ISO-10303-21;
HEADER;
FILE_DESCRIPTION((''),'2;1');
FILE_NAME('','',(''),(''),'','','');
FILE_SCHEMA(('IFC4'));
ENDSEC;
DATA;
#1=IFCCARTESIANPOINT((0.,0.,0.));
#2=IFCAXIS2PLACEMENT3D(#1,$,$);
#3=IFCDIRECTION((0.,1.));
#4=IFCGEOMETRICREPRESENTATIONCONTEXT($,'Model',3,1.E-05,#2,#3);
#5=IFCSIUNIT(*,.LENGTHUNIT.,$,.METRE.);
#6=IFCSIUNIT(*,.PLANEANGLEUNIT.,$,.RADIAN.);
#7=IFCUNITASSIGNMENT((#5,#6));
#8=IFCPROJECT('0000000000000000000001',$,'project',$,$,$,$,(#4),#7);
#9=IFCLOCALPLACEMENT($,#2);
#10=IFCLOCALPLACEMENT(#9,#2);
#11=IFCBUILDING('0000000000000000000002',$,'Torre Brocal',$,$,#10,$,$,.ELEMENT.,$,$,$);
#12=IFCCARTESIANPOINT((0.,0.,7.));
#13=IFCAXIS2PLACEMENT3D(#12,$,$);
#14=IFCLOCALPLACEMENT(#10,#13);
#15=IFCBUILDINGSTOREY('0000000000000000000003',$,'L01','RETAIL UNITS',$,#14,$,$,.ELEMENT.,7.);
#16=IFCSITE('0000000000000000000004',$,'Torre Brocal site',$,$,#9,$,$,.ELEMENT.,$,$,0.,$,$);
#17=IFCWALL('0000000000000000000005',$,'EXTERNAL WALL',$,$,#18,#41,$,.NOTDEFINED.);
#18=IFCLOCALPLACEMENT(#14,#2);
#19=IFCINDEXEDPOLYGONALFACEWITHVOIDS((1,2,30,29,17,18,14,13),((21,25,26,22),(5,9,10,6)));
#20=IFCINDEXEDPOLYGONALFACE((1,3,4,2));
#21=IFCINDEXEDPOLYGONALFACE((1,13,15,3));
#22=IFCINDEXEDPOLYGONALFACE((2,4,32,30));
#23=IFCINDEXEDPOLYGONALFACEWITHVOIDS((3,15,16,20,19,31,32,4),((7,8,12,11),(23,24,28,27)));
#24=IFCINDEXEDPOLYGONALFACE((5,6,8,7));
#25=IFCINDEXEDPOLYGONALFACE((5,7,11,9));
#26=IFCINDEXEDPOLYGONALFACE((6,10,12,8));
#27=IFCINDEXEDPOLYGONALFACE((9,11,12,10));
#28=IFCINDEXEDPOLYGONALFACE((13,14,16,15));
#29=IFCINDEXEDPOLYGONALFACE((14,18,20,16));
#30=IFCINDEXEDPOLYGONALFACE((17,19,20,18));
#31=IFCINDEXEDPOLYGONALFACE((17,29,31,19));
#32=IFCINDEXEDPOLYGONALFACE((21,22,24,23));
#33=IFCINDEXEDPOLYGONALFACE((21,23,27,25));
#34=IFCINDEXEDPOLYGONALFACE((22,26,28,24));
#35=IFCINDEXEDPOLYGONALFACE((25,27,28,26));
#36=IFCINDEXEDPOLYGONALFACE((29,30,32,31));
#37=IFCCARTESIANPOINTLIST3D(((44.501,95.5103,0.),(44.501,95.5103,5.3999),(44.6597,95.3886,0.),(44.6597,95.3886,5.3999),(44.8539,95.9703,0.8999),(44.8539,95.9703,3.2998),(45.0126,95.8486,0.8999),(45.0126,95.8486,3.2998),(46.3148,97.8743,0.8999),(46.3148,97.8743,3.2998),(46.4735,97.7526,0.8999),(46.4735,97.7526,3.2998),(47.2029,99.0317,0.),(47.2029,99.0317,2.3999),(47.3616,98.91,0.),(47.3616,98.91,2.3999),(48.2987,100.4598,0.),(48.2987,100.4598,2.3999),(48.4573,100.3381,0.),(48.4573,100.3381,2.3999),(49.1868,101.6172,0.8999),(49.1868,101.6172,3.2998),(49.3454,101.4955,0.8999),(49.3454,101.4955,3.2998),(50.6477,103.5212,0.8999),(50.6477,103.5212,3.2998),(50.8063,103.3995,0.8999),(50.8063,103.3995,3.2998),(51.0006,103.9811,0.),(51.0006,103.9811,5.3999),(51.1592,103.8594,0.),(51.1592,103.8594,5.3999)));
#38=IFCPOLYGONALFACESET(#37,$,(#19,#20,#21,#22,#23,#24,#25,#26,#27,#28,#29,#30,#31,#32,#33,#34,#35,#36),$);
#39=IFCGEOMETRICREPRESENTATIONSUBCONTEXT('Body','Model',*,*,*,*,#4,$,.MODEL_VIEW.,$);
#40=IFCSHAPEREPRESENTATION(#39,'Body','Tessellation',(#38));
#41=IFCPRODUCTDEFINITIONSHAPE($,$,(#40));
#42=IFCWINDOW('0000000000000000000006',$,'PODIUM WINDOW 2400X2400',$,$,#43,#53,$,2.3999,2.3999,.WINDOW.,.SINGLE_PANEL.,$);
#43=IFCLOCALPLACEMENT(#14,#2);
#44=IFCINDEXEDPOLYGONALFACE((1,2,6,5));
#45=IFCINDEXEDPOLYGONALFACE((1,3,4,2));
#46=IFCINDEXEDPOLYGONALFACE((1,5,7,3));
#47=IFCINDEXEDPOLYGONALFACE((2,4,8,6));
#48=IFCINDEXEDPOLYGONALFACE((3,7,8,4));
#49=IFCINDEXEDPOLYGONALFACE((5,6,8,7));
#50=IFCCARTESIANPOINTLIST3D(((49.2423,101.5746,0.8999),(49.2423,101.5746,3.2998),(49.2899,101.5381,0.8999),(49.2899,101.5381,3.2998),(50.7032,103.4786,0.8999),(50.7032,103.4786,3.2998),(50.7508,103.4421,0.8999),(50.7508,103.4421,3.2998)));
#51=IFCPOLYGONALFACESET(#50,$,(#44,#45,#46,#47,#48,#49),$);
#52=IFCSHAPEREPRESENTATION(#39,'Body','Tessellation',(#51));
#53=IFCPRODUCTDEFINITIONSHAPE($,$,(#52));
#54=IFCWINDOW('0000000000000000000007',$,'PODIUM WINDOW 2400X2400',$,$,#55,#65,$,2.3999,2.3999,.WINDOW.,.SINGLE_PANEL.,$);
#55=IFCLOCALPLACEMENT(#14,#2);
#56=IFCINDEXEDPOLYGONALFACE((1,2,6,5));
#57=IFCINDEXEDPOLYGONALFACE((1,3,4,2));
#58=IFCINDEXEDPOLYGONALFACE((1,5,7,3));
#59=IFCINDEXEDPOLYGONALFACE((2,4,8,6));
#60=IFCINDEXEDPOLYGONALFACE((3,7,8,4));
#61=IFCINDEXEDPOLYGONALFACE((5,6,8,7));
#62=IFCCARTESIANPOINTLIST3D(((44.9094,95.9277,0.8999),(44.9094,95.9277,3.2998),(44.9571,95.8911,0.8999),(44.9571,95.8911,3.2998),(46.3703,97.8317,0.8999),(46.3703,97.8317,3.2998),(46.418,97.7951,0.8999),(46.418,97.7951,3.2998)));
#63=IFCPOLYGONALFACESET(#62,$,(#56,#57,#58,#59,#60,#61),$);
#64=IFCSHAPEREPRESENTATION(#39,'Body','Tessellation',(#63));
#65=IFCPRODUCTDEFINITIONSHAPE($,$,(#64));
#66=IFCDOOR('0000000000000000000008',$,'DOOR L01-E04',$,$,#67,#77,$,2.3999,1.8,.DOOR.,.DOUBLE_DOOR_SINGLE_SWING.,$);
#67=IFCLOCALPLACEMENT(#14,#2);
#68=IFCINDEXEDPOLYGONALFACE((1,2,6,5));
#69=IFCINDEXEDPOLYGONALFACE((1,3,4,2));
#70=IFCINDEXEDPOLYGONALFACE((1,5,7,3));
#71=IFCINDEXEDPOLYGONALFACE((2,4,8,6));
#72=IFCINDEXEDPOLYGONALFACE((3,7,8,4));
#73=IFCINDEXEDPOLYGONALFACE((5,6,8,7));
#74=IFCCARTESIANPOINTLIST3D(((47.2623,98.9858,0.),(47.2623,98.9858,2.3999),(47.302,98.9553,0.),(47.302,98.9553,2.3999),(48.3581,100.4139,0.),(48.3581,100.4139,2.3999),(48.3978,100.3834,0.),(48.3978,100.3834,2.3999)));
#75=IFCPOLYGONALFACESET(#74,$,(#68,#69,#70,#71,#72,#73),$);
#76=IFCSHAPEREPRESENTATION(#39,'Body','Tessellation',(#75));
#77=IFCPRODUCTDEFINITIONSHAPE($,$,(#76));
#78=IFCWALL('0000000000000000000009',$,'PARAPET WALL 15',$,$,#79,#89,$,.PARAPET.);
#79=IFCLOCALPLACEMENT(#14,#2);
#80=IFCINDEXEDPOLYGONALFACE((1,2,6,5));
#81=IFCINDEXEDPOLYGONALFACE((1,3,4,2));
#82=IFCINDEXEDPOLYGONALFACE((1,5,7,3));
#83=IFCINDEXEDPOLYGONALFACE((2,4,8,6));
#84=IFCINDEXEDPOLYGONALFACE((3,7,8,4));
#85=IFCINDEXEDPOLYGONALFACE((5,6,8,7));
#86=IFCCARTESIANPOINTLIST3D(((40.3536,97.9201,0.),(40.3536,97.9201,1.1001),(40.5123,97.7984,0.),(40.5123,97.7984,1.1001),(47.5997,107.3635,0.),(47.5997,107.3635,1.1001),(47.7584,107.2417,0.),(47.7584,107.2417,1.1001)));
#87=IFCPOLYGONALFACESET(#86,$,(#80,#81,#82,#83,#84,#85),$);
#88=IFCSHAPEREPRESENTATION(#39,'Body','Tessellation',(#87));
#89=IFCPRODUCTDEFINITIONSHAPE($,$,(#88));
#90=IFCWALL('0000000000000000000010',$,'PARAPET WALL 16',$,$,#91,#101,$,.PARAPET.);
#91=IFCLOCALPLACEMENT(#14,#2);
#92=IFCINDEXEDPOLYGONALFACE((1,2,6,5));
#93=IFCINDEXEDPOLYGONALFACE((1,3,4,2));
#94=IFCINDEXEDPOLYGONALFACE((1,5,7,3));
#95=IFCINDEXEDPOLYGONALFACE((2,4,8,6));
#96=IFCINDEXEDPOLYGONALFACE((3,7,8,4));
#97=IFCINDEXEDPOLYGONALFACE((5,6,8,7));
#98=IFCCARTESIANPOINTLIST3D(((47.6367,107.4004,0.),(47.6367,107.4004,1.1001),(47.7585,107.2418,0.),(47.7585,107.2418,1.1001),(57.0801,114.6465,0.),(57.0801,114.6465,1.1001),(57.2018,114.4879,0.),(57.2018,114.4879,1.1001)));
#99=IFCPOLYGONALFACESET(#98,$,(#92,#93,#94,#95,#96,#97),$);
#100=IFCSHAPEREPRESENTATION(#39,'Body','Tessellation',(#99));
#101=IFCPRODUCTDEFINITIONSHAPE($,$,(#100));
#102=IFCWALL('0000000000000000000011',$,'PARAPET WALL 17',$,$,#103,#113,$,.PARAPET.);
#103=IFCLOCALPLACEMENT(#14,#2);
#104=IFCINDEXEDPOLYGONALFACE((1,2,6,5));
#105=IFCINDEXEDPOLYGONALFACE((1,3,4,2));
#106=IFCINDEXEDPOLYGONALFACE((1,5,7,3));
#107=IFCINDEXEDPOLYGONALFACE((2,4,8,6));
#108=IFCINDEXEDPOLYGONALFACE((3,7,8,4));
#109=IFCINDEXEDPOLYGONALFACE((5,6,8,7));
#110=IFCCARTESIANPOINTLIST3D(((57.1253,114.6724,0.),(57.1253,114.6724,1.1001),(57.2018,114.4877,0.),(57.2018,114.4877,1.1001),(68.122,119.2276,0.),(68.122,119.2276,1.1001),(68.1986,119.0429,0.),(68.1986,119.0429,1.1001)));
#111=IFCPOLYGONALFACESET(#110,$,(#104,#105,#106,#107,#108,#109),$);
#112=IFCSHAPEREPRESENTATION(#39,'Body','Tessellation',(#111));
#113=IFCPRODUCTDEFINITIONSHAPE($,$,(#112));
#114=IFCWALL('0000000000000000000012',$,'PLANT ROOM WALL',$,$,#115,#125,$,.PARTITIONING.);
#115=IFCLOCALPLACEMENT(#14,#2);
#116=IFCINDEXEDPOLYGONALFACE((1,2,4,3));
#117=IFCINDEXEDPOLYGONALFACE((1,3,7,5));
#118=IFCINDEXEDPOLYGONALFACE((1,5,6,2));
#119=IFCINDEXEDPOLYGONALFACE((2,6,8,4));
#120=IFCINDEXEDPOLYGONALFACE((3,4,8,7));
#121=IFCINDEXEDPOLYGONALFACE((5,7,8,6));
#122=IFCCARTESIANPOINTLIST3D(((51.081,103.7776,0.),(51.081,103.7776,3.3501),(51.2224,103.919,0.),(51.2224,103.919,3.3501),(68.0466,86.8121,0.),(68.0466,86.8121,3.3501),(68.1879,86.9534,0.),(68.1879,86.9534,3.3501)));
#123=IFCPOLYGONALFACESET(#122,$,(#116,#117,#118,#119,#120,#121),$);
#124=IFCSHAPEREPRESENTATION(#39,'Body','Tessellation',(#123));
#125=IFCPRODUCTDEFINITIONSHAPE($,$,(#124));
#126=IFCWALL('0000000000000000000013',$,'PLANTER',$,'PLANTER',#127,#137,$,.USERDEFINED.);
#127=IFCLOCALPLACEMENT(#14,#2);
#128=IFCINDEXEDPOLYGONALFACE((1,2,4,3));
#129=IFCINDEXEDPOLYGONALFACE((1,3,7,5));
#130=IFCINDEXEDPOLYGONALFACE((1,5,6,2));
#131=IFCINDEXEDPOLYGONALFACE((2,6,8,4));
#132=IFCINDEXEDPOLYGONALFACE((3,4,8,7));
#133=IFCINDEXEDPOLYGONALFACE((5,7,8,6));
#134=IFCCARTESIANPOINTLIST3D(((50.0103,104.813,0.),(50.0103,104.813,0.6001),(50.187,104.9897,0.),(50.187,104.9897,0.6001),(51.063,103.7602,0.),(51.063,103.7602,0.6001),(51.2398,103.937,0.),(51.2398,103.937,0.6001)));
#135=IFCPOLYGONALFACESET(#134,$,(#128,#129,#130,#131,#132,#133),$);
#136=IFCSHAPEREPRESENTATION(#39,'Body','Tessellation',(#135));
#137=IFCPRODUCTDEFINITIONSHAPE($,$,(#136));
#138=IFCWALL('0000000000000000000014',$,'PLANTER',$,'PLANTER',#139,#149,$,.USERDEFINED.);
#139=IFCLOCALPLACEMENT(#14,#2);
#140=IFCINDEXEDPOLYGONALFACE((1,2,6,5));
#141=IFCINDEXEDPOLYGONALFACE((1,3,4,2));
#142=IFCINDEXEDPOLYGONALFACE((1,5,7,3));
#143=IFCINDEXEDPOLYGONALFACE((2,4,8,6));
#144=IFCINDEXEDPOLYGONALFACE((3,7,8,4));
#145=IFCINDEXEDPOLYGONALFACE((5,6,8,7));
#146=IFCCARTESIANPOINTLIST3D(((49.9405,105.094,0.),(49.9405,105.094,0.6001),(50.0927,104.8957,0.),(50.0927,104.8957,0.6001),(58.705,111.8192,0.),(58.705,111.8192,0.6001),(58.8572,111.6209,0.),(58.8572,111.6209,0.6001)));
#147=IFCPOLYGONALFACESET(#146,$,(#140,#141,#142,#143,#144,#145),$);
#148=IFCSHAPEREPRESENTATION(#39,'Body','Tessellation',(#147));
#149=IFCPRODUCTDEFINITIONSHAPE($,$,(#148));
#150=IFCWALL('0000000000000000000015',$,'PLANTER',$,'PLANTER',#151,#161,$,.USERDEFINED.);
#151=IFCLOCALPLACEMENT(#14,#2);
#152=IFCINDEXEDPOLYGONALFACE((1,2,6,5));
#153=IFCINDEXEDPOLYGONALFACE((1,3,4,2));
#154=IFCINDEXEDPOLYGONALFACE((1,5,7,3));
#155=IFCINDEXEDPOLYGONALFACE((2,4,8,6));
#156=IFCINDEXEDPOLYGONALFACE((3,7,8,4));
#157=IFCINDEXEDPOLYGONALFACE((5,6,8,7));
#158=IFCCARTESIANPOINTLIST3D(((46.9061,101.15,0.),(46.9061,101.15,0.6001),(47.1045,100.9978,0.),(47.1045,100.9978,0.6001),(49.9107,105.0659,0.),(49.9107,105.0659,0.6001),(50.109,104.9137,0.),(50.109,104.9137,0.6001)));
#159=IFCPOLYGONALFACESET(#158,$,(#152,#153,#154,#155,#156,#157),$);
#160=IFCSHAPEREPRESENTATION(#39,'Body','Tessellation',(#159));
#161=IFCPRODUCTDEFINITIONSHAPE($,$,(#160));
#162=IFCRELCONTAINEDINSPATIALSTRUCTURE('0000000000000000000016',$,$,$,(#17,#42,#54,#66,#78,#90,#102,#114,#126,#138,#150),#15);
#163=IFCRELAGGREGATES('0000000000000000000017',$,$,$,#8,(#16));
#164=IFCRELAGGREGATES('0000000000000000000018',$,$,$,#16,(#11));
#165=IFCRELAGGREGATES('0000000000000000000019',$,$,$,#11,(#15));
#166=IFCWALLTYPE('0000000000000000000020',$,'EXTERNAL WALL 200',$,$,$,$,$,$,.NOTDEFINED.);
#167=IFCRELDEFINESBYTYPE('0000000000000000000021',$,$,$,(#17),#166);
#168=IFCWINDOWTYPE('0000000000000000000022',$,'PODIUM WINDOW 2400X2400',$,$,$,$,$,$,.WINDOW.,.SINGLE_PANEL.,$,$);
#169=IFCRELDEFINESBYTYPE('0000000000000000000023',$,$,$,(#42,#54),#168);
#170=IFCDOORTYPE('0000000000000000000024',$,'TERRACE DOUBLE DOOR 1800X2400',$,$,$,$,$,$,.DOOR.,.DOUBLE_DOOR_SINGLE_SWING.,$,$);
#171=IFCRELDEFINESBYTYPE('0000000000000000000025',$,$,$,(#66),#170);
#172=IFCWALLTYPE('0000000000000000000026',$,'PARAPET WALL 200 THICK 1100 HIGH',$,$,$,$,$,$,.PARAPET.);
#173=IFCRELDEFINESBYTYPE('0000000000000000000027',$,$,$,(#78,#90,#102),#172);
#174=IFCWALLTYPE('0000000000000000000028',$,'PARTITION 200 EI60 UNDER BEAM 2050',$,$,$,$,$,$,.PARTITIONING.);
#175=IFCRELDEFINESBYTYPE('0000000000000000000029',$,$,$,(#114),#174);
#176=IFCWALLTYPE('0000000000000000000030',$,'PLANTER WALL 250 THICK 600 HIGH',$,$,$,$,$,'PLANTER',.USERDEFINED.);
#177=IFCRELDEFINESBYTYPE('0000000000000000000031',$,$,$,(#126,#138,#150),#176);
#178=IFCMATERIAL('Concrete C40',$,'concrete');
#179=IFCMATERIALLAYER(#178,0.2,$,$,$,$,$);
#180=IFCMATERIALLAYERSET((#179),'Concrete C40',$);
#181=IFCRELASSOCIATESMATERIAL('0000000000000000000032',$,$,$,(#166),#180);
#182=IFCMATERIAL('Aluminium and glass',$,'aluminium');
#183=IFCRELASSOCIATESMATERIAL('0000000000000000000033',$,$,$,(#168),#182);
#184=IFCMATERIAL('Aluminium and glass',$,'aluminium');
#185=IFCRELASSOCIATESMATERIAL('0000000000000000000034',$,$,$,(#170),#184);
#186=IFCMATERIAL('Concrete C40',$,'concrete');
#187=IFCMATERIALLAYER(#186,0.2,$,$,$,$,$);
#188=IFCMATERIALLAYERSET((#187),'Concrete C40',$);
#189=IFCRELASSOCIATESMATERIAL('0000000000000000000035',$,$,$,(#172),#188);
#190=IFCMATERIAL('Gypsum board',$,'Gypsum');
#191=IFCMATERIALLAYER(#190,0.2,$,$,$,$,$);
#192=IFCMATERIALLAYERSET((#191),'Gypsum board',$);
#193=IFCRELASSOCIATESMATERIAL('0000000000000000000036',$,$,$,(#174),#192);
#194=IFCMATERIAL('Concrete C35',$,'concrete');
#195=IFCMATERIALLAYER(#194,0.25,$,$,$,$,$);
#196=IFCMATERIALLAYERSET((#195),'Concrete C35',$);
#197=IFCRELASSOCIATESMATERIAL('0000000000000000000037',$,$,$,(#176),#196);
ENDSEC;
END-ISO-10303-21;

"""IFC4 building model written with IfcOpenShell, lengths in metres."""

from ifc_helpers import new_model, si_unit, direction, frame, frame_2d, origin, place, context, subcontext, project, spatial, rectangle, extrude, material, layer, layer_set, type_object, element, fill, save


model = new_model("IFC4")

# Units and contexts
model_context = context("Model", 3, precision=1e-05, world=origin(), true_north=direction((0.0, 1.0)))
body_context = subcontext(model_context, "Body", "Model", "MODEL_VIEW")
ifc_project = project(units=[si_unit("LENGTHUNIT", "METRE"), si_unit("PLANEANGLEUNIT", "RADIAN")], contexts=[model_context])

# Site, building, storey
site_placement = place(None, origin())
site = spatial("IfcSite", under=ifc_project, at=site_placement, Name="Torre Brocal site", CompositionType="ELEMENT", RefElevation=0.0)
building_placement = place(site_placement, origin())
building = spatial("IfcBuilding", under=site, at=building_placement, Name="Torre Brocal", CompositionType="ELEMENT")
storey_placement = place(building_placement, frame((0.0, 0.0, 7.0)))
storey = spatial("IfcBuildingStorey", under=building, at=storey_placement, Name="L01", Description="RETAIL UNITS", CompositionType="ELEMENT", Elevation=7.0)

# Wall, openings, windows, door
ifc_material_1 = material(Name="Concrete C40", Category="concrete")
ifc_layer_1 = layer(ifc_material_1, 0.2)
ifc_layer_set_1 = layer_set([ifc_layer_1], Name="Concrete C40")
wall_type_1 = type_object("IfcWallType", Name="EXTERNAL WALL 200", PredefinedType="NOTDEFINED", material=ifc_layer_set_1)
wall_1_placement = place(storey_placement, frame((51.0798, 103.9202, 0.0), z_axis=(0.0, 0.0, 1.0), x_axis=(-0.608744, -0.793366, 0.0)))
wall_1 = element("IfcWall", 1, at=wall_1_placement, inside=storey, type_object=wall_type_1, Name="EXTERNAL WALL", PredefinedType="NOTDEFINED", context=body_context, shape_type="SweptSolid", body=[
    extrude(rectangle(XDim=10.677, YDim=0.2, at=frame_2d((5.3384, 0.0))), origin(), (0.0, 0.0, 1.0), 5.3999),
])
opening_1_placement = place(wall_1_placement, frame((0.5796, 0.0, 0.8999)))
opening_1 = element("IfcOpeningElement", 2, at=opening_1_placement, cuts=wall_1, PredefinedType="OPENING", context=body_context, shape_type="SweptSolid", body=[
    extrude(rectangle(XDim=2.3999, YDim=2.3999, at=frame_2d((1.2, 1.2))), frame((0.0, 0.1099, 0.0), z_axis=(0.0, -1.0, 0.0), x_axis=(1.0, 0.0, 0.0)), (0.0, 0.0, 1.0), 0.22),
])
opening_2_placement = place(wall_1_placement, frame((4.4385, 0.0, 0.0)))
opening_2 = element("IfcOpeningElement", 3, at=opening_2_placement, cuts=wall_1, PredefinedType="OPENING", context=body_context, shape_type="SweptSolid", body=[
    extrude(rectangle(XDim=1.8, YDim=2.3999, at=frame_2d((0.8999, 1.2))), frame((0.0, 0.1099, 0.0), z_axis=(0.0, -1.0, 0.0), x_axis=(1.0, 0.0, 0.0)), (0.0, 0.0, 1.0), 0.22),
])
opening_3_placement = place(wall_1_placement, frame((7.6973, 0.0, 0.8999)))
opening_3 = element("IfcOpeningElement", 4, at=opening_3_placement, cuts=wall_1, PredefinedType="OPENING", context=body_context, shape_type="SweptSolid", body=[
    extrude(rectangle(XDim=2.3999, YDim=2.3999, at=frame_2d((1.2, 1.2))), frame((0.0, 0.1099, 0.0), z_axis=(0.0, -1.0, 0.0), x_axis=(1.0, 0.0, 0.0)), (0.0, 0.0, 1.0), 0.22),
])
ifc_material_2 = material(Name="Aluminium and glass", Category="aluminium")
window_type = type_object("IfcWindowType", Name="PODIUM WINDOW 2400X2400", PartitioningType="SINGLE_PANEL", PredefinedType="WINDOW", material=ifc_material_2)
window_1_placement = place(opening_1_placement, origin())
window_1 = element("IfcWindow", 5, at=window_1_placement, inside=storey, type_object=window_type, Name="PODIUM WINDOW 2400X2400", OverallHeight=2.3999, OverallWidth=2.3999, PartitioningType="SINGLE_PANEL", PredefinedType="WINDOW", context=body_context, shape_type="SweptSolid", body=[
    extrude(rectangle(XDim=2.3999, YDim=2.3999, at=frame_2d((1.2, 1.2))), frame((0.0, 0.03, 0.0), z_axis=(0.0, -1.0, 0.0), x_axis=(1.0, 0.0, 0.0)), (0.0, 0.0, 1.0), 0.0601),
])
fill(opening_1, window_1)
window_2_placement = place(opening_3_placement, origin())
window_2 = element("IfcWindow", 6, at=window_2_placement, inside=storey, type_object=window_type, Name="PODIUM WINDOW 2400X2400", OverallHeight=2.3999, OverallWidth=2.3999, PartitioningType="SINGLE_PANEL", PredefinedType="WINDOW", context=body_context, shape_type="SweptSolid", body=[
    extrude(rectangle(XDim=2.3999, YDim=2.3999, at=frame_2d((1.2, 1.2))), frame((0.0, 0.03, 0.0), z_axis=(0.0, -1.0, 0.0), x_axis=(1.0, 0.0, 0.0)), (0.0, 0.0, 1.0), 0.0601),
])
fill(opening_3, window_2)
ifc_material_3 = material(Name="Aluminium and glass", Category="aluminium")
door_type = type_object("IfcDoorType", Name="TERRACE DOUBLE DOOR 1800X2400", OperationType="DOUBLE_DOOR_SINGLE_SWING", PredefinedType="DOOR", material=ifc_material_3)
door_placement = place(opening_2_placement, frame((1.8, 0.0, 0.0), z_axis=(0.0, 0.0, 1.0), x_axis=(-1.0, 0.0, 0.0)))
door = element("IfcDoor", 7, at=door_placement, inside=storey, type_object=door_type, Name="DOOR L01-E04", OperationType="DOUBLE_DOOR_SINGLE_SWING", OverallHeight=2.3999, OverallWidth=1.8, PredefinedType="DOOR", context=body_context, shape_type="SweptSolid", body=[
    extrude(rectangle(XDim=1.8, YDim=2.3999, at=frame_2d((0.8999, 1.2))), frame((0.0, 0.0249, 0.0), z_axis=(0.0, -1.0, 0.0), x_axis=(1.0, 0.0, 0.0)), (0.0, 0.0, 1.0), 0.05),
])
fill(opening_2, door)

# Walls
ifc_material_4 = material(Name="Concrete C40", Category="concrete")
ifc_layer_2 = layer(ifc_material_4, 0.2)
ifc_layer_set_2 = layer_set([ifc_layer_2], Name="Concrete C40")
wall_type_2 = type_object("IfcWallType", Name="PARAPET WALL 200 THICK 1100 HIGH", PredefinedType="PARAPET", material=ifc_layer_set_2)
for number, where, z_axis, x_axis, name in (
    (8, (40.4329, 97.8591, 0.0), (0.0, 0.0, 1.0), (0.608759, 0.793355, 0.0), "PARAPET WALL 15"),
    (9, (47.6975, 107.321, 0.0), (0.0, 0.0, 1.0), (0.793355, 0.608759, 0.0), "PARAPET WALL 16"),
):
    element("IfcWall", number, at=place(storey_placement, frame(where, z_axis=z_axis, x_axis=x_axis)), inside=storey, type_object=wall_type_2, Name=name, PredefinedType="PARAPET", context=body_context, shape_type="SweptSolid", body=[
        extrude(rectangle(XDim=11.9031, YDim=0.2, at=frame_2d((5.9517, 0.0))), origin(), (0.0, 0.0, 1.0), 1.1001),
    ])
wall_2_placement = place(storey_placement, frame((57.1636, 114.5801, 0.0), z_axis=(0.0, 0.0, 1.0), x_axis=(0.923875, 0.382694, 0.0)))
element("IfcWall", 10, at=wall_2_placement, inside=storey, type_object=wall_type_2, Name="PARAPET WALL 17", PredefinedType="PARAPET", context=body_context, shape_type="SweptSolid", body=[
    extrude(rectangle(XDim=11.9028, YDim=0.2, at=frame_2d((5.9514, 0.0))), origin(), (0.0, 0.0, 1.0), 1.1001),
])
ifc_material_5 = material(Name="Gypsum board", Category="Gypsum")
ifc_layer_3 = layer(ifc_material_5, 0.2)
ifc_layer_set_3 = layer_set([ifc_layer_3], Name="Gypsum board")
wall_type_3 = type_object("IfcWallType", Name="PARTITION 200 EI60 UNDER BEAM 2050", PredefinedType="PARTITIONING", material=ifc_layer_set_3)
wall_3_placement = place(storey_placement, frame((51.1516, 103.8484, 0.0), z_axis=(0.0, 0.0, 1.0), x_axis=(0.707107, -0.707107, 0.0)))
element("IfcWall", 11, at=wall_3_placement, inside=storey, type_object=wall_type_3, Name="PLANT ROOM WALL", PredefinedType="PARTITIONING", context=body_context, shape_type="SweptSolid", body=[
    extrude(rectangle(XDim=23.9929, YDim=0.2, at=frame_2d((11.9966, 0.0))), origin(), (0.0, 0.0, 1.0), 3.3501),
])
ifc_material_6 = material(Name="Concrete C35", Category="concrete")
ifc_layer_4 = layer(ifc_material_6, 0.25)
ifc_layer_set_4 = layer_set([ifc_layer_4], Name="Concrete C35")
wall_type_4 = type_object("IfcWallType", Name="PLANTER WALL 250 THICK 600 HIGH", ElementType="PLANTER", PredefinedType="USERDEFINED", material=ifc_layer_set_4)
wall_4_placement = place(storey_placement, frame((51.1514, 103.8486, 0.0), z_axis=(0.0, 0.0, 1.0), x_axis=(-0.707107, 0.707107, 0.0)))
element("IfcWall", 12, at=wall_4_placement, inside=storey, type_object=wall_type_4, Name="PLANTER", ObjectType="PLANTER", PredefinedType="USERDEFINED", context=body_context, shape_type="SweptSolid", body=[
    extrude(rectangle(XDim=1.4888, YDim=0.25, at=frame_2d((0.7444, 0.0))), origin(), (0.0, 0.0, 1.0), 0.6001),
])
wall_5_placement = place(storey_placement, frame((50.0166, 104.9949, 0.0), z_axis=(0.0, 0.0, 1.0), x_axis=(0.793356, 0.608758, 0.0)))
element("IfcWall", 13, at=wall_5_placement, inside=storey, type_object=wall_type_4, Name="PLANTER", ObjectType="PLANTER", PredefinedType="USERDEFINED", context=body_context, shape_type="SweptSolid", body=[
    extrude(rectangle(XDim=11.0474, YDim=0.25, at=frame_2d((5.5237, 0.0))), origin(), (0.0, 0.0, 1.0), 0.6001),
])
wall_6_placement = place(storey_placement, frame((47.0054, 101.074, 0.0), z_axis=(0.0, 0.0, 1.0), x_axis=(0.608733, 0.793375, 0.0)))
element("IfcWall", 14, at=wall_6_placement, inside=storey, type_object=wall_type_4, Name="PLANTER", ObjectType="PLANTER", PredefinedType="USERDEFINED", context=body_context, shape_type="SweptSolid", body=[
    extrude(rectangle(XDim=4.9358, YDim=0.25, at=frame_2d((2.4678, 0.0))), origin(), (0.0, 0.0, 1.0), 0.6001),
])

save(model, "model.ifc")
